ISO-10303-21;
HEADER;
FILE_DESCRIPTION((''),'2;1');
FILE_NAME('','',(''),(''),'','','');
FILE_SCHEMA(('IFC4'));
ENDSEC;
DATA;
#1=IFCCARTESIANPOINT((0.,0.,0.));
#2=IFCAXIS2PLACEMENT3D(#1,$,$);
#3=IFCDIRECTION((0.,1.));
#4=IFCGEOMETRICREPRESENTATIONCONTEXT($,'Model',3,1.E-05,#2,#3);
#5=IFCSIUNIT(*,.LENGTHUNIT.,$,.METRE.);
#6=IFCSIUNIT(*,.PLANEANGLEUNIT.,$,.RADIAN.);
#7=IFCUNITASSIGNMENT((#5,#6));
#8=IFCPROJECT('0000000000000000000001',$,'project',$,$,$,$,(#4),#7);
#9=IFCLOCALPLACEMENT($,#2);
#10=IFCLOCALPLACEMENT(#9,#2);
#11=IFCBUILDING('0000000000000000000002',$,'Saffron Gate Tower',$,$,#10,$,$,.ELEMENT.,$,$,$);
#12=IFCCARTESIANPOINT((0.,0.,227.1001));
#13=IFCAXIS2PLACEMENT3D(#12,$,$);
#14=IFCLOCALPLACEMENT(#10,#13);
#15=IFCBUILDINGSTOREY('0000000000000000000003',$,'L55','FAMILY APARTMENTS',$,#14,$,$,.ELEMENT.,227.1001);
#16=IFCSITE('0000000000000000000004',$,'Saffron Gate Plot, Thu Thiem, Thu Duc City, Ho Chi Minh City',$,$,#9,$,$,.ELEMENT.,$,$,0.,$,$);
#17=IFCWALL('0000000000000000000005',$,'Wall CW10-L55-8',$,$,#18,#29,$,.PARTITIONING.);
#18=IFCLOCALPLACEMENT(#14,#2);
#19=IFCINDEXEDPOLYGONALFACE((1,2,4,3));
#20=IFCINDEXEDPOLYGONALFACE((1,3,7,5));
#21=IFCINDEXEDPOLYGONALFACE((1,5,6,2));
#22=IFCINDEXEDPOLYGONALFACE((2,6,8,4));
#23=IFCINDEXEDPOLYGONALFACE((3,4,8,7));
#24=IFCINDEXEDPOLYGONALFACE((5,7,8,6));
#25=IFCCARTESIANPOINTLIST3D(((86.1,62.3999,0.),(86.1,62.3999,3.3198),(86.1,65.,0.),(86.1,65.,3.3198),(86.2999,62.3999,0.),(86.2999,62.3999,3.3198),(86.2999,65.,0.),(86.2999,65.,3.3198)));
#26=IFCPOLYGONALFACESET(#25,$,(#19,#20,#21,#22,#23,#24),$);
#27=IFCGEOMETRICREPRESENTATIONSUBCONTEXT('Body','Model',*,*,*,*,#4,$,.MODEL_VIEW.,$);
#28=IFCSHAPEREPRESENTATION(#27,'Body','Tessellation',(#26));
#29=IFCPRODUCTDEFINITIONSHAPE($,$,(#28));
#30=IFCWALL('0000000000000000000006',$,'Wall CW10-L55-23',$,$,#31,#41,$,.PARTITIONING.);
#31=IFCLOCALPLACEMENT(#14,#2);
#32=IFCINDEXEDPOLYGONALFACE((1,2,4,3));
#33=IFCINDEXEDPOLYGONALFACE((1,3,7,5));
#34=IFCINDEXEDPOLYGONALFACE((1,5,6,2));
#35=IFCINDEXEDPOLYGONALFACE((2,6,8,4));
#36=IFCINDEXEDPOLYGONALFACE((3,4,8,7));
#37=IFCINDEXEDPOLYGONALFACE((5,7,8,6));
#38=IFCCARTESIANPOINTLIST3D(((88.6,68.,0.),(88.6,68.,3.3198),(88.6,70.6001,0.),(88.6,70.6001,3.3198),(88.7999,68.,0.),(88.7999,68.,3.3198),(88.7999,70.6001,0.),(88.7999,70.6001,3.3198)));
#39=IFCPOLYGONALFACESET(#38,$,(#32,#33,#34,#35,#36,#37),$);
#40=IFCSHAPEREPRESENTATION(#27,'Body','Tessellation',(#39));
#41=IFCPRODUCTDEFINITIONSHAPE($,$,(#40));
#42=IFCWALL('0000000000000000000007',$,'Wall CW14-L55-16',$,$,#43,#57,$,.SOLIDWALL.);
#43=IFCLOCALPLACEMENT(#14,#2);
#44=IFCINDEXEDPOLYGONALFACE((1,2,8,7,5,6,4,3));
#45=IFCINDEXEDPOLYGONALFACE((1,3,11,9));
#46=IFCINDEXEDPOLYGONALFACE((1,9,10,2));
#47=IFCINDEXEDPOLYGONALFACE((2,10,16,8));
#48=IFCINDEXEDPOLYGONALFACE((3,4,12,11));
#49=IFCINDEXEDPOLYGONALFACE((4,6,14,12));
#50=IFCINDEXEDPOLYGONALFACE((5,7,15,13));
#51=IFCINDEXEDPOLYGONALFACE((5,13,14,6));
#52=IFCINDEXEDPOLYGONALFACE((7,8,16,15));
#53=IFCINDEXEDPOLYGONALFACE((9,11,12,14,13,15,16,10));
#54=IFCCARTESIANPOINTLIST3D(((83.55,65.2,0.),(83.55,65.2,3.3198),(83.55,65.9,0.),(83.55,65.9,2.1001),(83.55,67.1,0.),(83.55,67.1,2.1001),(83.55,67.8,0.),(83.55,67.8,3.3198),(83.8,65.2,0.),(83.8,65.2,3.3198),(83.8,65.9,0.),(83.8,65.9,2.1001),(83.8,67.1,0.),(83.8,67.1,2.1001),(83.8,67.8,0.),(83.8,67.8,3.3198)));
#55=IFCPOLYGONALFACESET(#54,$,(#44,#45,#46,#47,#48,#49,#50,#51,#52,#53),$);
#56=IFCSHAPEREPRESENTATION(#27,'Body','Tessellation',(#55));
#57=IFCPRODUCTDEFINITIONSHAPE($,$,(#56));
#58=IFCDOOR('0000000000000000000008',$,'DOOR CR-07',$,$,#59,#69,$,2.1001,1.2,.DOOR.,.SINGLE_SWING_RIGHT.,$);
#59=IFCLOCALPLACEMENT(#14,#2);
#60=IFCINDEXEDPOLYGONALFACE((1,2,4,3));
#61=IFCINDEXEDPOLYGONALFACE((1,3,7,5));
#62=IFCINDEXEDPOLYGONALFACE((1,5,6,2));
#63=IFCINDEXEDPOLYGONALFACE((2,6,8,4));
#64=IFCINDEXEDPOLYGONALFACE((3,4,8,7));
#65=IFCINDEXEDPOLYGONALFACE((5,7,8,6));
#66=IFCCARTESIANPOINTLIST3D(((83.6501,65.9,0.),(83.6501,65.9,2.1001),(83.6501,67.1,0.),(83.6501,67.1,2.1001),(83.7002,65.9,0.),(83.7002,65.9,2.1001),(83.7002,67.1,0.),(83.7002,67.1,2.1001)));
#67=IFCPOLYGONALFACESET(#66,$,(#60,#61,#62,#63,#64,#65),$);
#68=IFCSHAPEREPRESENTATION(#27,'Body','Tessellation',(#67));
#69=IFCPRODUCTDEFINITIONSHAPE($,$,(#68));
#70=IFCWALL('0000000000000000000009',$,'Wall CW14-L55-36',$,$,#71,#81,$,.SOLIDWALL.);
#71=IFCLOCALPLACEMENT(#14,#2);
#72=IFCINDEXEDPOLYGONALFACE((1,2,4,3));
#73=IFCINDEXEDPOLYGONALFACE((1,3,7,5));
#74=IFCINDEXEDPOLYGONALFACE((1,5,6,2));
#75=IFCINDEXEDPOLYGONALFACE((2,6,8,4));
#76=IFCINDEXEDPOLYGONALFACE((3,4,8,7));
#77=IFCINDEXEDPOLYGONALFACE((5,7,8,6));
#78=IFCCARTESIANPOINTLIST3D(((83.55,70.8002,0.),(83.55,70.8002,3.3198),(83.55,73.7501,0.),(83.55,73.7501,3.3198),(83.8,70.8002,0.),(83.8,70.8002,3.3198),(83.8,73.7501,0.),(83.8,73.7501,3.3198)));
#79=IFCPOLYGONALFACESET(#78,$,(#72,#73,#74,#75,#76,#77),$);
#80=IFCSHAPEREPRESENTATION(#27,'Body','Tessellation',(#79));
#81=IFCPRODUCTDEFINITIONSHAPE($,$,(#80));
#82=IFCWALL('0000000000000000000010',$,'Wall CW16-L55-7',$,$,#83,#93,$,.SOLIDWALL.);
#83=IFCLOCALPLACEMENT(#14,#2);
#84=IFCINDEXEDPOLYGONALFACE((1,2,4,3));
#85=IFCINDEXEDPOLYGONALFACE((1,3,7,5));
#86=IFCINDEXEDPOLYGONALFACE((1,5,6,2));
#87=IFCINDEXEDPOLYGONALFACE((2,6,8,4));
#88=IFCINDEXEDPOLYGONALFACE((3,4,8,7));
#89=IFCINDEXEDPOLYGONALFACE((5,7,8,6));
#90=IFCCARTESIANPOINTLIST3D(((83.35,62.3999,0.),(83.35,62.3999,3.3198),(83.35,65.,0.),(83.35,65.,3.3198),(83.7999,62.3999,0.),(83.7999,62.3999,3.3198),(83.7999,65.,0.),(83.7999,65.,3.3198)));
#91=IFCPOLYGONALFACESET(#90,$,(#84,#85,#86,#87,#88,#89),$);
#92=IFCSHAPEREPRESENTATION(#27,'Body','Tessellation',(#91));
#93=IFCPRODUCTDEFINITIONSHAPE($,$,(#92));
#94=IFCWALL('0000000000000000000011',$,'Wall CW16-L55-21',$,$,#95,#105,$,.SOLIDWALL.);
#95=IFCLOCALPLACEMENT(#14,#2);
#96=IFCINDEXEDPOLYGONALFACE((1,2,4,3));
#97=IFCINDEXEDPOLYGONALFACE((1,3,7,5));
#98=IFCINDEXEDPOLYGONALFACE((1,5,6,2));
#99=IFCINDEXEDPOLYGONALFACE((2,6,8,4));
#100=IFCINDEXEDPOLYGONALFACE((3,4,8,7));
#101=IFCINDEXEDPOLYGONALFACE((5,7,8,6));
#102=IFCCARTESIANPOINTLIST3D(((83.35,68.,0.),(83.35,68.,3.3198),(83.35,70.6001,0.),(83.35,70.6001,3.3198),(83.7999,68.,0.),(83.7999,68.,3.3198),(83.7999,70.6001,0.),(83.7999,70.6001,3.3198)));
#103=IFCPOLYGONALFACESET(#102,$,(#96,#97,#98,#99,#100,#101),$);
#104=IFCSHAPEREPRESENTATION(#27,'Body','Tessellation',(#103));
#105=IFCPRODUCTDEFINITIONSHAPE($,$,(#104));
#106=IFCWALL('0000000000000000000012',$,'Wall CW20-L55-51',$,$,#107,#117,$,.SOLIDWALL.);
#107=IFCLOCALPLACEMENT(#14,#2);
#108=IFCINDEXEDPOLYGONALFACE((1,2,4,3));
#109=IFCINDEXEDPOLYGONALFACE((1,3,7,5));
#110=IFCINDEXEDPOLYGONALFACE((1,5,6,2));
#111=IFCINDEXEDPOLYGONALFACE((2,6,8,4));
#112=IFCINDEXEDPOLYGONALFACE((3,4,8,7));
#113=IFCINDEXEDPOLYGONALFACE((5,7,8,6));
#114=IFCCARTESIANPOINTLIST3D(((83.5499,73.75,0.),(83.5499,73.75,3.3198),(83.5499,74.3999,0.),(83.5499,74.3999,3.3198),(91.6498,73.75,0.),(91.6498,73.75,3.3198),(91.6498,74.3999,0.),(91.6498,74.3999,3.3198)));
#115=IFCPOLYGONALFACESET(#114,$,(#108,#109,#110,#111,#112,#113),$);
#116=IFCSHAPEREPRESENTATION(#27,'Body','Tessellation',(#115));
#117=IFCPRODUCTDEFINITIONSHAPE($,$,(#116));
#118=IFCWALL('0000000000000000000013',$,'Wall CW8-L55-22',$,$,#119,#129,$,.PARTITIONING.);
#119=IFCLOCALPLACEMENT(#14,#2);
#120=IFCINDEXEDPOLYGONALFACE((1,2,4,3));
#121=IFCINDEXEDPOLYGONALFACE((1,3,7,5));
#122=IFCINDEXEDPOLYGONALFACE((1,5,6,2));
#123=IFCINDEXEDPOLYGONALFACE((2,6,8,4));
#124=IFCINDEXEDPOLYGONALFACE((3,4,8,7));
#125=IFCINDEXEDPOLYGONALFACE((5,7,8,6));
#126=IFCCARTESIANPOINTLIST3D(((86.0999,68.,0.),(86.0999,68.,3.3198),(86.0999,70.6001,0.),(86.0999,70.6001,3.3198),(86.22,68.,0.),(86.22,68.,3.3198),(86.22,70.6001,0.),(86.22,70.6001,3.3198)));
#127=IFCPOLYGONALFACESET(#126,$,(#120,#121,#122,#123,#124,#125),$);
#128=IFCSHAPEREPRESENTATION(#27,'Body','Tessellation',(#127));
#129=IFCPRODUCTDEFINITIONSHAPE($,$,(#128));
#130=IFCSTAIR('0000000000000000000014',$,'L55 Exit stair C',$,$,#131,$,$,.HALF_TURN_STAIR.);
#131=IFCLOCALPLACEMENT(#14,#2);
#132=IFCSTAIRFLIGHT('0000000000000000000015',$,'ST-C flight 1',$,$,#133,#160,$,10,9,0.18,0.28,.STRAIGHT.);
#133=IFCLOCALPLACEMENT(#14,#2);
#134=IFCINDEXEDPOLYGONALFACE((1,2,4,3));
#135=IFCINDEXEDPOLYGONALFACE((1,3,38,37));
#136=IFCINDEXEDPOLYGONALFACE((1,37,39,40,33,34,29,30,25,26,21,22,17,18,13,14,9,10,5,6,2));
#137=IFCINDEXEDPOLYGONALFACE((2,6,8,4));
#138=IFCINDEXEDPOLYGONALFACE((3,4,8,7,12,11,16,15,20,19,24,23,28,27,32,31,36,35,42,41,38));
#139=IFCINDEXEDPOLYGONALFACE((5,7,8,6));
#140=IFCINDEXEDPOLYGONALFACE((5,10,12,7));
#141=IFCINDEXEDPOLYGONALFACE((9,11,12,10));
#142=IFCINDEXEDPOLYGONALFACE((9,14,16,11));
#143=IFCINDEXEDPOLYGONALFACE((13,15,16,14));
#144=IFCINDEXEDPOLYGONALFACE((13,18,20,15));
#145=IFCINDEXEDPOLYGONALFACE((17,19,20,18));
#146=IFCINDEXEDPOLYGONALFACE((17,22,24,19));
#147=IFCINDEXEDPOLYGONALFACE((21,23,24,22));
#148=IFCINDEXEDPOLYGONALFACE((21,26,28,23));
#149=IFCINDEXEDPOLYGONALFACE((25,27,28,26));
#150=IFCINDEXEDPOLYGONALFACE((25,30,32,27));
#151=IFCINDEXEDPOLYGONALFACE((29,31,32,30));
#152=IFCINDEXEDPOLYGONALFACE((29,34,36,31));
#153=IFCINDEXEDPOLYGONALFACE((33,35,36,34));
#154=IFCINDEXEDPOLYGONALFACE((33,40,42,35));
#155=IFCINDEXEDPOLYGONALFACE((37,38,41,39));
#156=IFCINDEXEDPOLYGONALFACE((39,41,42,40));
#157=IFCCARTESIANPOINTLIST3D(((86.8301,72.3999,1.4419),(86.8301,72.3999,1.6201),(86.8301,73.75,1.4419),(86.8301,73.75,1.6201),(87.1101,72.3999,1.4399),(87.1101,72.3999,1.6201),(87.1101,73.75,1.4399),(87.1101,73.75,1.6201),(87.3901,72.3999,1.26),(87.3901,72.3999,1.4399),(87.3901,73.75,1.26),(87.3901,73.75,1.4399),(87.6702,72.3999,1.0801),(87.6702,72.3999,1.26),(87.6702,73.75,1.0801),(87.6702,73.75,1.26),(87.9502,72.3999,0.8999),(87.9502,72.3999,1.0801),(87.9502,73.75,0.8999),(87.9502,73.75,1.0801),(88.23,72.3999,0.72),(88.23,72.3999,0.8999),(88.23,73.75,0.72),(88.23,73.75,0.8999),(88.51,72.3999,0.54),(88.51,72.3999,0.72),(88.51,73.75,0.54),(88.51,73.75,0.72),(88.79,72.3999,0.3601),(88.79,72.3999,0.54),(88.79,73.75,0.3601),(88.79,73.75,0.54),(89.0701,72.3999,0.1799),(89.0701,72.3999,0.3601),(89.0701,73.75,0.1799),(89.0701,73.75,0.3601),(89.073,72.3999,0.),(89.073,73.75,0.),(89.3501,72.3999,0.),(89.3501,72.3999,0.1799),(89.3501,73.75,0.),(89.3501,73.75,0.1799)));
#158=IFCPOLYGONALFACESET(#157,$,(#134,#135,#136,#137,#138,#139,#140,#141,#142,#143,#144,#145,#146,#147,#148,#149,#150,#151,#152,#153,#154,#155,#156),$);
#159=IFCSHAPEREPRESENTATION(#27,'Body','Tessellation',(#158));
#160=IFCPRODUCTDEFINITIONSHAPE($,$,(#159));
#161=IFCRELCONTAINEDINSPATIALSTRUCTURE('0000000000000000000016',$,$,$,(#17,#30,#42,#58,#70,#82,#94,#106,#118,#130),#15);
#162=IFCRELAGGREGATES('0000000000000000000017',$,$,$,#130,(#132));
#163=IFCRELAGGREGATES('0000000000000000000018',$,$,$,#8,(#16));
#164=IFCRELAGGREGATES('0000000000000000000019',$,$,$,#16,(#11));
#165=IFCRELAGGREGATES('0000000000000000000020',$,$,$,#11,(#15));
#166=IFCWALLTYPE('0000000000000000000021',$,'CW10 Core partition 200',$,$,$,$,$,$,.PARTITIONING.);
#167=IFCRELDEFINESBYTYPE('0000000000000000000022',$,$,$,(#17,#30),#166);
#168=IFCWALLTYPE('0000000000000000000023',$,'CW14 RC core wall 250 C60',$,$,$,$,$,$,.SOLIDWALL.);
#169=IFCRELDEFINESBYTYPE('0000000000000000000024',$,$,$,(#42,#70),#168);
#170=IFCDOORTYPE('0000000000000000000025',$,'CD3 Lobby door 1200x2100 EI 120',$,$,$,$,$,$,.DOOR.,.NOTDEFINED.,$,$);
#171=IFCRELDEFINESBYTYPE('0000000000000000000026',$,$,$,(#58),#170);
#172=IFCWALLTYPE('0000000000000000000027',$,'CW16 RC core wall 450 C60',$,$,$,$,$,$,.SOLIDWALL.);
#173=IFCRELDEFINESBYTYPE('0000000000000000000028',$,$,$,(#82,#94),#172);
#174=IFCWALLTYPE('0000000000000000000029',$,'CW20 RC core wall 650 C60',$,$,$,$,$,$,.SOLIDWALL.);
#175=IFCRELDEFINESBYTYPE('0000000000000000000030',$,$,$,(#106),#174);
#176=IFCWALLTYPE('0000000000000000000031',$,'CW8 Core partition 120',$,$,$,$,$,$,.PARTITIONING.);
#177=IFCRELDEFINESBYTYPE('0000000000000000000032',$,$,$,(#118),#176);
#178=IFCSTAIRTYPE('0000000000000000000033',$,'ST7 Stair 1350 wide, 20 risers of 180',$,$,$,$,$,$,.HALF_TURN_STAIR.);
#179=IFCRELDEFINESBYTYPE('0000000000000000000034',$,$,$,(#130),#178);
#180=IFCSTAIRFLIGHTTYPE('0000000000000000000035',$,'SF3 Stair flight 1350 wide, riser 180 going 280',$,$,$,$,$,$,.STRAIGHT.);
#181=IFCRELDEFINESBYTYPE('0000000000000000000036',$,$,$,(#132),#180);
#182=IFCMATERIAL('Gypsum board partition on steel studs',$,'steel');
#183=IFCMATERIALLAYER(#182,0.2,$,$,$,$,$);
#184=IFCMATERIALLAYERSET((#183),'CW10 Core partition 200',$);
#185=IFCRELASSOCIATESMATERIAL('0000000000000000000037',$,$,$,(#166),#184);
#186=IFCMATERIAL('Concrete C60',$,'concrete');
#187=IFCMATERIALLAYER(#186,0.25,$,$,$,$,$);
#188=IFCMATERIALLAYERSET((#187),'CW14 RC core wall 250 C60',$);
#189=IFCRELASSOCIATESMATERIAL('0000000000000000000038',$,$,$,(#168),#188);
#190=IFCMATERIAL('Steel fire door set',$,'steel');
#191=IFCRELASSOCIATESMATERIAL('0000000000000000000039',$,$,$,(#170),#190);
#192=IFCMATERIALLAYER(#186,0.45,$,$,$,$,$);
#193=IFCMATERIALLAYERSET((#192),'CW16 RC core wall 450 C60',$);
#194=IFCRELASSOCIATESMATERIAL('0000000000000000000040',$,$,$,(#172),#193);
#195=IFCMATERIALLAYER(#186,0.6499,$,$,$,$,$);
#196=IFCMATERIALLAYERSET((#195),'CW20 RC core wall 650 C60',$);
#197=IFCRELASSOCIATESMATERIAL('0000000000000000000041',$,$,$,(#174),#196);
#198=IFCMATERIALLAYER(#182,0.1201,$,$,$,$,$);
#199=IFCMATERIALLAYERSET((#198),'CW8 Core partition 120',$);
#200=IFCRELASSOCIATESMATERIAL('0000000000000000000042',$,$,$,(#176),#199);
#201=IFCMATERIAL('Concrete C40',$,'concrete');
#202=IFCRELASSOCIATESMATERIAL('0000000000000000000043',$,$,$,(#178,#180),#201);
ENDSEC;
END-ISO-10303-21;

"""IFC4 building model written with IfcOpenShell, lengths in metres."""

from ifc_helpers import new_model, si_unit, direction, frame, frame_2d, origin, place, context, subcontext, project, spatial, polyline, rectangle, outline, extrude, material, layer, layer_set, type_object, element, fill, aggregate, save


model = new_model("IFC4")

# Units and contexts
model_context = context("Model", 3, precision=1e-05, world=origin(), true_north=direction((0.0, 1.0)))
body_context = subcontext(model_context, "Body", "Model", "MODEL_VIEW")
ifc_project = project(units=[si_unit("LENGTHUNIT", "METRE"), si_unit("PLANEANGLEUNIT", "RADIAN")], contexts=[model_context])

# Site, building, storey
site_placement = place(None, origin())
site = spatial("IfcSite", under=ifc_project, at=site_placement, Name="Saffron Gate Plot, Thu Thiem, Thu Duc City, Ho Chi Minh City", CompositionType="ELEMENT", RefElevation=0.0)
building_placement = place(site_placement, origin())
building = spatial("IfcBuilding", under=site, at=building_placement, Name="Saffron Gate Tower", CompositionType="ELEMENT")
storey_placement = place(building_placement, frame((0.0, 0.0, 227.1001)))
storey = spatial("IfcBuildingStorey", under=building, at=storey_placement, Name="L55", Description="FAMILY APARTMENTS", CompositionType="ELEMENT", Elevation=227.1001)

# Walls
ifc_material_1 = material(Name="Gypsum board partition on steel studs", Category="steel")
ifc_layer_1 = layer(ifc_material_1, 0.2)
ifc_layer_set_1 = layer_set([ifc_layer_1], Name="CW10 Core partition 200")
wall_type_1 = type_object("IfcWallType", Name="CW10 Core partition 200", PredefinedType="PARTITIONING", material=ifc_layer_set_1)
for number, where, z_axis, x_axis, name in (
    (1, (86.2, 62.3999, 0.0), (0.0, 0.0, 1.0), (0.0, 1.0, 0.0), "Wall CW10-L55-8"),
    (2, (88.7, 68.0, 0.0), (0.0, 0.0, 1.0), (0.0, 1.0, 0.0), "Wall CW10-L55-23"),
):
    element("IfcWall", number, at=place(storey_placement, frame(where, z_axis=z_axis, x_axis=x_axis)), inside=storey, type_object=wall_type_1, Name=name, PredefinedType="PARTITIONING", context=body_context, shape_type="SweptSolid", body=[
        extrude(rectangle(XDim=2.6001, YDim=0.2, at=frame_2d((1.3, 0.0))), origin(), (0.0, 0.0, 1.0), 3.3198),
    ])

# Wall, opening, door
ifc_material_2 = material(Name="Concrete C60", Category="concrete")
ifc_layer_2 = layer(ifc_material_2, 0.25)
ifc_layer_set_2 = layer_set([ifc_layer_2], Name="CW14 RC core wall 250 C60")
wall_type_2 = type_object("IfcWallType", Name="CW14 RC core wall 250 C60", PredefinedType="SOLIDWALL", material=ifc_layer_set_2)
wall_1_placement = place(storey_placement, frame((83.675, 65.2, 0.0), z_axis=(0.0, 0.0, 1.0), x_axis=(0.0, 1.0, 0.0)))
wall_1 = element("IfcWall", 3, at=wall_1_placement, inside=storey, type_object=wall_type_2, Name="Wall CW14-L55-16", PredefinedType="SOLIDWALL", context=body_context, shape_type="SweptSolid", body=[
    extrude(rectangle(XDim=2.6001, YDim=0.25, at=frame_2d((1.3, 0.0))), origin(), (0.0, 0.0, 1.0), 3.3198),
])
opening_placement = place(wall_1_placement, frame((0.7, 0.0, 0.0)))
opening = element("IfcOpeningElement", 4, at=opening_placement, cuts=wall_1, PredefinedType="OPENING", context=body_context, shape_type="SweptSolid", body=[
    extrude(rectangle(XDim=1.2, YDim=2.1001, at=frame_2d((0.6001, 1.05))), frame((0.0, 0.135, 0.0), z_axis=(0.0, -1.0, 0.0), x_axis=(1.0, 0.0, 0.0)), (0.0, 0.0, 1.0), 0.27),
])
ifc_material_3 = material(Name="Steel fire door set", Category="steel")
door_type = type_object("IfcDoorType", Name="CD3 Lobby door 1200x2100 EI 120", OperationType="NOTDEFINED", PredefinedType="DOOR", material=ifc_material_3)
door_placement = place(opening_placement, origin())
door = element("IfcDoor", 5, at=door_placement, inside=storey, type_object=door_type, Name="DOOR CR-07", OperationType="SINGLE_SWING_RIGHT", OverallHeight=2.1001, OverallWidth=1.2, PredefinedType="DOOR", context=body_context, shape_type="SweptSolid", body=[
    extrude(rectangle(XDim=1.2, YDim=2.1001, at=frame_2d((0.6001, 1.05))), frame((0.0, 0.0249, 0.0), z_axis=(0.0, -1.0, 0.0), x_axis=(1.0, 0.0, 0.0)), (0.0, 0.0, 1.0), 0.05),
])
fill(opening, door)

# Walls
wall_2_placement = place(storey_placement, frame((83.675, 70.8, 0.0), z_axis=(0.0, 0.0, 1.0), x_axis=(0.0, 1.0, 0.0)))
element("IfcWall", 6, at=wall_2_placement, inside=storey, type_object=wall_type_2, Name="Wall CW14-L55-36", PredefinedType="SOLIDWALL", context=body_context, shape_type="SweptSolid", body=[
    extrude(rectangle(XDim=2.95, YDim=0.25, at=frame_2d((1.4751, 0.0))), origin(), (0.0, 0.0, 1.0), 3.3198),
])
ifc_layer_3 = layer(ifc_material_2, 0.45)
ifc_layer_set_3 = layer_set([ifc_layer_3], Name="CW16 RC core wall 450 C60")
wall_type_3 = type_object("IfcWallType", Name="CW16 RC core wall 450 C60", PredefinedType="SOLIDWALL", material=ifc_layer_set_3)
for number, where, z_axis, x_axis, name in (
    (7, (83.575, 62.3999, 0.0), (0.0, 0.0, 1.0), (0.0, 1.0, 0.0), "Wall CW16-L55-7"),
    (8, (83.575, 68.0, 0.0), (0.0, 0.0, 1.0), (0.0, 1.0, 0.0), "Wall CW16-L55-21"),
):
    element("IfcWall", number, at=place(storey_placement, frame(where, z_axis=z_axis, x_axis=x_axis)), inside=storey, type_object=wall_type_3, Name=name, PredefinedType="SOLIDWALL", context=body_context, shape_type="SweptSolid", body=[
        extrude(rectangle(XDim=2.6001, YDim=0.45, at=frame_2d((1.3, 0.0))), origin(), (0.0, 0.0, 1.0), 3.3198),
    ])
ifc_layer_4 = layer(ifc_material_2, 0.6499)
ifc_layer_set_4 = layer_set([ifc_layer_4], Name="CW20 RC core wall 650 C60")
wall_type_4 = type_object("IfcWallType", Name="CW20 RC core wall 650 C60", PredefinedType="SOLIDWALL", material=ifc_layer_set_4)
wall_3_placement = place(storey_placement, frame((83.55, 74.075, 0.0), z_axis=(0.0, 0.0, 1.0), x_axis=(1.0, 0.0, 0.0)))
element("IfcWall", 9, at=wall_3_placement, inside=storey, type_object=wall_type_4, Name="Wall CW20-L55-51", PredefinedType="SOLIDWALL", context=body_context, shape_type="SweptSolid", body=[
    extrude(rectangle(XDim=8.0999, YDim=0.6499, at=frame_2d((4.0498, 0.0))), origin(), (0.0, 0.0, 1.0), 3.3198),
])
ifc_layer_5 = layer(ifc_material_1, 0.1201)
ifc_layer_set_5 = layer_set([ifc_layer_5], Name="CW8 Core partition 120")
wall_type_5 = type_object("IfcWallType", Name="CW8 Core partition 120", PredefinedType="PARTITIONING", material=ifc_layer_set_5)
wall_4_placement = place(storey_placement, frame((86.1599, 68.0, 0.0), z_axis=(0.0, 0.0, 1.0), x_axis=(0.0, 1.0, 0.0)))
element("IfcWall", 10, at=wall_4_placement, inside=storey, type_object=wall_type_5, Name="Wall CW8-L55-22", PredefinedType="PARTITIONING", context=body_context, shape_type="SweptSolid", body=[
    extrude(rectangle(XDim=2.6001, YDim=0.1201, at=frame_2d((1.3, 0.0))), origin(), (0.0, 0.0, 1.0), 3.3198),
])

# Stair, stair flight
ifc_material_4 = material(Name="Concrete C40", Category="concrete")
stair_type = type_object("IfcStairType", Name="ST7 Stair 1350 wide, 20 risers of 180", PredefinedType="HALF_TURN_STAIR", material=ifc_material_4)
stair_placement = place(storey_placement, origin())
stair = element("IfcStair", 11, at=stair_placement, inside=storey, type_object=stair_type, Name="L55 Exit stair C", PredefinedType="HALF_TURN_STAIR")
stair_flight_type = type_object("IfcStairFlightType", Name="SF3 Stair flight 1350 wide, riser 180 going 280", PredefinedType="STRAIGHT", material=ifc_material_4)
stair_flight_1_placement = place(storey_placement, frame((89.3501, 73.075, 0.0), z_axis=(0.0, 0.0, 1.0), x_axis=(-1.0, 0.0, 0.0)))
stair_flight_1 = element("IfcStairFlight", 12, at=stair_flight_1_placement, type_object=stair_flight_type, Name="ST-C flight 1", NumberOfRisers=10, NumberOfTreads=9, PredefinedType="STRAIGHT", RiserHeight=0.18, TreadLength=0.28, context=body_context, shape_type="SweptSolid", body=[
    extrude(outline(polyline([(0.0, 0.0), (0.0, 0.1799), (0.28, 0.1799), (0.28, 0.3601), (0.5601, 0.3601), (0.5601, 0.54), (0.8401, 0.54), (0.8401, 0.72), (1.1201, 0.72), (1.1201, 0.8999), (1.3999, 0.8999), (1.3999, 1.0801), (1.6799, 1.0801), (1.6799, 1.26), (1.96, 1.26), (1.96, 1.4399), (2.24, 1.4399), (2.24, 1.6201), (2.52, 1.6201), (2.52, 1.8), (2.52, 1.4419), (0.2771, 0.0), (0.0, 0.0)])), frame((0.0, 0.675, 0.0), z_axis=(0.0, -1.0, 0.0), x_axis=(1.0, 0.0, 0.0)), (0.0, 0.0, 1.0), 1.3501),
])
aggregate(stair, [stair_flight_1])

save(model, "model.ifc")
